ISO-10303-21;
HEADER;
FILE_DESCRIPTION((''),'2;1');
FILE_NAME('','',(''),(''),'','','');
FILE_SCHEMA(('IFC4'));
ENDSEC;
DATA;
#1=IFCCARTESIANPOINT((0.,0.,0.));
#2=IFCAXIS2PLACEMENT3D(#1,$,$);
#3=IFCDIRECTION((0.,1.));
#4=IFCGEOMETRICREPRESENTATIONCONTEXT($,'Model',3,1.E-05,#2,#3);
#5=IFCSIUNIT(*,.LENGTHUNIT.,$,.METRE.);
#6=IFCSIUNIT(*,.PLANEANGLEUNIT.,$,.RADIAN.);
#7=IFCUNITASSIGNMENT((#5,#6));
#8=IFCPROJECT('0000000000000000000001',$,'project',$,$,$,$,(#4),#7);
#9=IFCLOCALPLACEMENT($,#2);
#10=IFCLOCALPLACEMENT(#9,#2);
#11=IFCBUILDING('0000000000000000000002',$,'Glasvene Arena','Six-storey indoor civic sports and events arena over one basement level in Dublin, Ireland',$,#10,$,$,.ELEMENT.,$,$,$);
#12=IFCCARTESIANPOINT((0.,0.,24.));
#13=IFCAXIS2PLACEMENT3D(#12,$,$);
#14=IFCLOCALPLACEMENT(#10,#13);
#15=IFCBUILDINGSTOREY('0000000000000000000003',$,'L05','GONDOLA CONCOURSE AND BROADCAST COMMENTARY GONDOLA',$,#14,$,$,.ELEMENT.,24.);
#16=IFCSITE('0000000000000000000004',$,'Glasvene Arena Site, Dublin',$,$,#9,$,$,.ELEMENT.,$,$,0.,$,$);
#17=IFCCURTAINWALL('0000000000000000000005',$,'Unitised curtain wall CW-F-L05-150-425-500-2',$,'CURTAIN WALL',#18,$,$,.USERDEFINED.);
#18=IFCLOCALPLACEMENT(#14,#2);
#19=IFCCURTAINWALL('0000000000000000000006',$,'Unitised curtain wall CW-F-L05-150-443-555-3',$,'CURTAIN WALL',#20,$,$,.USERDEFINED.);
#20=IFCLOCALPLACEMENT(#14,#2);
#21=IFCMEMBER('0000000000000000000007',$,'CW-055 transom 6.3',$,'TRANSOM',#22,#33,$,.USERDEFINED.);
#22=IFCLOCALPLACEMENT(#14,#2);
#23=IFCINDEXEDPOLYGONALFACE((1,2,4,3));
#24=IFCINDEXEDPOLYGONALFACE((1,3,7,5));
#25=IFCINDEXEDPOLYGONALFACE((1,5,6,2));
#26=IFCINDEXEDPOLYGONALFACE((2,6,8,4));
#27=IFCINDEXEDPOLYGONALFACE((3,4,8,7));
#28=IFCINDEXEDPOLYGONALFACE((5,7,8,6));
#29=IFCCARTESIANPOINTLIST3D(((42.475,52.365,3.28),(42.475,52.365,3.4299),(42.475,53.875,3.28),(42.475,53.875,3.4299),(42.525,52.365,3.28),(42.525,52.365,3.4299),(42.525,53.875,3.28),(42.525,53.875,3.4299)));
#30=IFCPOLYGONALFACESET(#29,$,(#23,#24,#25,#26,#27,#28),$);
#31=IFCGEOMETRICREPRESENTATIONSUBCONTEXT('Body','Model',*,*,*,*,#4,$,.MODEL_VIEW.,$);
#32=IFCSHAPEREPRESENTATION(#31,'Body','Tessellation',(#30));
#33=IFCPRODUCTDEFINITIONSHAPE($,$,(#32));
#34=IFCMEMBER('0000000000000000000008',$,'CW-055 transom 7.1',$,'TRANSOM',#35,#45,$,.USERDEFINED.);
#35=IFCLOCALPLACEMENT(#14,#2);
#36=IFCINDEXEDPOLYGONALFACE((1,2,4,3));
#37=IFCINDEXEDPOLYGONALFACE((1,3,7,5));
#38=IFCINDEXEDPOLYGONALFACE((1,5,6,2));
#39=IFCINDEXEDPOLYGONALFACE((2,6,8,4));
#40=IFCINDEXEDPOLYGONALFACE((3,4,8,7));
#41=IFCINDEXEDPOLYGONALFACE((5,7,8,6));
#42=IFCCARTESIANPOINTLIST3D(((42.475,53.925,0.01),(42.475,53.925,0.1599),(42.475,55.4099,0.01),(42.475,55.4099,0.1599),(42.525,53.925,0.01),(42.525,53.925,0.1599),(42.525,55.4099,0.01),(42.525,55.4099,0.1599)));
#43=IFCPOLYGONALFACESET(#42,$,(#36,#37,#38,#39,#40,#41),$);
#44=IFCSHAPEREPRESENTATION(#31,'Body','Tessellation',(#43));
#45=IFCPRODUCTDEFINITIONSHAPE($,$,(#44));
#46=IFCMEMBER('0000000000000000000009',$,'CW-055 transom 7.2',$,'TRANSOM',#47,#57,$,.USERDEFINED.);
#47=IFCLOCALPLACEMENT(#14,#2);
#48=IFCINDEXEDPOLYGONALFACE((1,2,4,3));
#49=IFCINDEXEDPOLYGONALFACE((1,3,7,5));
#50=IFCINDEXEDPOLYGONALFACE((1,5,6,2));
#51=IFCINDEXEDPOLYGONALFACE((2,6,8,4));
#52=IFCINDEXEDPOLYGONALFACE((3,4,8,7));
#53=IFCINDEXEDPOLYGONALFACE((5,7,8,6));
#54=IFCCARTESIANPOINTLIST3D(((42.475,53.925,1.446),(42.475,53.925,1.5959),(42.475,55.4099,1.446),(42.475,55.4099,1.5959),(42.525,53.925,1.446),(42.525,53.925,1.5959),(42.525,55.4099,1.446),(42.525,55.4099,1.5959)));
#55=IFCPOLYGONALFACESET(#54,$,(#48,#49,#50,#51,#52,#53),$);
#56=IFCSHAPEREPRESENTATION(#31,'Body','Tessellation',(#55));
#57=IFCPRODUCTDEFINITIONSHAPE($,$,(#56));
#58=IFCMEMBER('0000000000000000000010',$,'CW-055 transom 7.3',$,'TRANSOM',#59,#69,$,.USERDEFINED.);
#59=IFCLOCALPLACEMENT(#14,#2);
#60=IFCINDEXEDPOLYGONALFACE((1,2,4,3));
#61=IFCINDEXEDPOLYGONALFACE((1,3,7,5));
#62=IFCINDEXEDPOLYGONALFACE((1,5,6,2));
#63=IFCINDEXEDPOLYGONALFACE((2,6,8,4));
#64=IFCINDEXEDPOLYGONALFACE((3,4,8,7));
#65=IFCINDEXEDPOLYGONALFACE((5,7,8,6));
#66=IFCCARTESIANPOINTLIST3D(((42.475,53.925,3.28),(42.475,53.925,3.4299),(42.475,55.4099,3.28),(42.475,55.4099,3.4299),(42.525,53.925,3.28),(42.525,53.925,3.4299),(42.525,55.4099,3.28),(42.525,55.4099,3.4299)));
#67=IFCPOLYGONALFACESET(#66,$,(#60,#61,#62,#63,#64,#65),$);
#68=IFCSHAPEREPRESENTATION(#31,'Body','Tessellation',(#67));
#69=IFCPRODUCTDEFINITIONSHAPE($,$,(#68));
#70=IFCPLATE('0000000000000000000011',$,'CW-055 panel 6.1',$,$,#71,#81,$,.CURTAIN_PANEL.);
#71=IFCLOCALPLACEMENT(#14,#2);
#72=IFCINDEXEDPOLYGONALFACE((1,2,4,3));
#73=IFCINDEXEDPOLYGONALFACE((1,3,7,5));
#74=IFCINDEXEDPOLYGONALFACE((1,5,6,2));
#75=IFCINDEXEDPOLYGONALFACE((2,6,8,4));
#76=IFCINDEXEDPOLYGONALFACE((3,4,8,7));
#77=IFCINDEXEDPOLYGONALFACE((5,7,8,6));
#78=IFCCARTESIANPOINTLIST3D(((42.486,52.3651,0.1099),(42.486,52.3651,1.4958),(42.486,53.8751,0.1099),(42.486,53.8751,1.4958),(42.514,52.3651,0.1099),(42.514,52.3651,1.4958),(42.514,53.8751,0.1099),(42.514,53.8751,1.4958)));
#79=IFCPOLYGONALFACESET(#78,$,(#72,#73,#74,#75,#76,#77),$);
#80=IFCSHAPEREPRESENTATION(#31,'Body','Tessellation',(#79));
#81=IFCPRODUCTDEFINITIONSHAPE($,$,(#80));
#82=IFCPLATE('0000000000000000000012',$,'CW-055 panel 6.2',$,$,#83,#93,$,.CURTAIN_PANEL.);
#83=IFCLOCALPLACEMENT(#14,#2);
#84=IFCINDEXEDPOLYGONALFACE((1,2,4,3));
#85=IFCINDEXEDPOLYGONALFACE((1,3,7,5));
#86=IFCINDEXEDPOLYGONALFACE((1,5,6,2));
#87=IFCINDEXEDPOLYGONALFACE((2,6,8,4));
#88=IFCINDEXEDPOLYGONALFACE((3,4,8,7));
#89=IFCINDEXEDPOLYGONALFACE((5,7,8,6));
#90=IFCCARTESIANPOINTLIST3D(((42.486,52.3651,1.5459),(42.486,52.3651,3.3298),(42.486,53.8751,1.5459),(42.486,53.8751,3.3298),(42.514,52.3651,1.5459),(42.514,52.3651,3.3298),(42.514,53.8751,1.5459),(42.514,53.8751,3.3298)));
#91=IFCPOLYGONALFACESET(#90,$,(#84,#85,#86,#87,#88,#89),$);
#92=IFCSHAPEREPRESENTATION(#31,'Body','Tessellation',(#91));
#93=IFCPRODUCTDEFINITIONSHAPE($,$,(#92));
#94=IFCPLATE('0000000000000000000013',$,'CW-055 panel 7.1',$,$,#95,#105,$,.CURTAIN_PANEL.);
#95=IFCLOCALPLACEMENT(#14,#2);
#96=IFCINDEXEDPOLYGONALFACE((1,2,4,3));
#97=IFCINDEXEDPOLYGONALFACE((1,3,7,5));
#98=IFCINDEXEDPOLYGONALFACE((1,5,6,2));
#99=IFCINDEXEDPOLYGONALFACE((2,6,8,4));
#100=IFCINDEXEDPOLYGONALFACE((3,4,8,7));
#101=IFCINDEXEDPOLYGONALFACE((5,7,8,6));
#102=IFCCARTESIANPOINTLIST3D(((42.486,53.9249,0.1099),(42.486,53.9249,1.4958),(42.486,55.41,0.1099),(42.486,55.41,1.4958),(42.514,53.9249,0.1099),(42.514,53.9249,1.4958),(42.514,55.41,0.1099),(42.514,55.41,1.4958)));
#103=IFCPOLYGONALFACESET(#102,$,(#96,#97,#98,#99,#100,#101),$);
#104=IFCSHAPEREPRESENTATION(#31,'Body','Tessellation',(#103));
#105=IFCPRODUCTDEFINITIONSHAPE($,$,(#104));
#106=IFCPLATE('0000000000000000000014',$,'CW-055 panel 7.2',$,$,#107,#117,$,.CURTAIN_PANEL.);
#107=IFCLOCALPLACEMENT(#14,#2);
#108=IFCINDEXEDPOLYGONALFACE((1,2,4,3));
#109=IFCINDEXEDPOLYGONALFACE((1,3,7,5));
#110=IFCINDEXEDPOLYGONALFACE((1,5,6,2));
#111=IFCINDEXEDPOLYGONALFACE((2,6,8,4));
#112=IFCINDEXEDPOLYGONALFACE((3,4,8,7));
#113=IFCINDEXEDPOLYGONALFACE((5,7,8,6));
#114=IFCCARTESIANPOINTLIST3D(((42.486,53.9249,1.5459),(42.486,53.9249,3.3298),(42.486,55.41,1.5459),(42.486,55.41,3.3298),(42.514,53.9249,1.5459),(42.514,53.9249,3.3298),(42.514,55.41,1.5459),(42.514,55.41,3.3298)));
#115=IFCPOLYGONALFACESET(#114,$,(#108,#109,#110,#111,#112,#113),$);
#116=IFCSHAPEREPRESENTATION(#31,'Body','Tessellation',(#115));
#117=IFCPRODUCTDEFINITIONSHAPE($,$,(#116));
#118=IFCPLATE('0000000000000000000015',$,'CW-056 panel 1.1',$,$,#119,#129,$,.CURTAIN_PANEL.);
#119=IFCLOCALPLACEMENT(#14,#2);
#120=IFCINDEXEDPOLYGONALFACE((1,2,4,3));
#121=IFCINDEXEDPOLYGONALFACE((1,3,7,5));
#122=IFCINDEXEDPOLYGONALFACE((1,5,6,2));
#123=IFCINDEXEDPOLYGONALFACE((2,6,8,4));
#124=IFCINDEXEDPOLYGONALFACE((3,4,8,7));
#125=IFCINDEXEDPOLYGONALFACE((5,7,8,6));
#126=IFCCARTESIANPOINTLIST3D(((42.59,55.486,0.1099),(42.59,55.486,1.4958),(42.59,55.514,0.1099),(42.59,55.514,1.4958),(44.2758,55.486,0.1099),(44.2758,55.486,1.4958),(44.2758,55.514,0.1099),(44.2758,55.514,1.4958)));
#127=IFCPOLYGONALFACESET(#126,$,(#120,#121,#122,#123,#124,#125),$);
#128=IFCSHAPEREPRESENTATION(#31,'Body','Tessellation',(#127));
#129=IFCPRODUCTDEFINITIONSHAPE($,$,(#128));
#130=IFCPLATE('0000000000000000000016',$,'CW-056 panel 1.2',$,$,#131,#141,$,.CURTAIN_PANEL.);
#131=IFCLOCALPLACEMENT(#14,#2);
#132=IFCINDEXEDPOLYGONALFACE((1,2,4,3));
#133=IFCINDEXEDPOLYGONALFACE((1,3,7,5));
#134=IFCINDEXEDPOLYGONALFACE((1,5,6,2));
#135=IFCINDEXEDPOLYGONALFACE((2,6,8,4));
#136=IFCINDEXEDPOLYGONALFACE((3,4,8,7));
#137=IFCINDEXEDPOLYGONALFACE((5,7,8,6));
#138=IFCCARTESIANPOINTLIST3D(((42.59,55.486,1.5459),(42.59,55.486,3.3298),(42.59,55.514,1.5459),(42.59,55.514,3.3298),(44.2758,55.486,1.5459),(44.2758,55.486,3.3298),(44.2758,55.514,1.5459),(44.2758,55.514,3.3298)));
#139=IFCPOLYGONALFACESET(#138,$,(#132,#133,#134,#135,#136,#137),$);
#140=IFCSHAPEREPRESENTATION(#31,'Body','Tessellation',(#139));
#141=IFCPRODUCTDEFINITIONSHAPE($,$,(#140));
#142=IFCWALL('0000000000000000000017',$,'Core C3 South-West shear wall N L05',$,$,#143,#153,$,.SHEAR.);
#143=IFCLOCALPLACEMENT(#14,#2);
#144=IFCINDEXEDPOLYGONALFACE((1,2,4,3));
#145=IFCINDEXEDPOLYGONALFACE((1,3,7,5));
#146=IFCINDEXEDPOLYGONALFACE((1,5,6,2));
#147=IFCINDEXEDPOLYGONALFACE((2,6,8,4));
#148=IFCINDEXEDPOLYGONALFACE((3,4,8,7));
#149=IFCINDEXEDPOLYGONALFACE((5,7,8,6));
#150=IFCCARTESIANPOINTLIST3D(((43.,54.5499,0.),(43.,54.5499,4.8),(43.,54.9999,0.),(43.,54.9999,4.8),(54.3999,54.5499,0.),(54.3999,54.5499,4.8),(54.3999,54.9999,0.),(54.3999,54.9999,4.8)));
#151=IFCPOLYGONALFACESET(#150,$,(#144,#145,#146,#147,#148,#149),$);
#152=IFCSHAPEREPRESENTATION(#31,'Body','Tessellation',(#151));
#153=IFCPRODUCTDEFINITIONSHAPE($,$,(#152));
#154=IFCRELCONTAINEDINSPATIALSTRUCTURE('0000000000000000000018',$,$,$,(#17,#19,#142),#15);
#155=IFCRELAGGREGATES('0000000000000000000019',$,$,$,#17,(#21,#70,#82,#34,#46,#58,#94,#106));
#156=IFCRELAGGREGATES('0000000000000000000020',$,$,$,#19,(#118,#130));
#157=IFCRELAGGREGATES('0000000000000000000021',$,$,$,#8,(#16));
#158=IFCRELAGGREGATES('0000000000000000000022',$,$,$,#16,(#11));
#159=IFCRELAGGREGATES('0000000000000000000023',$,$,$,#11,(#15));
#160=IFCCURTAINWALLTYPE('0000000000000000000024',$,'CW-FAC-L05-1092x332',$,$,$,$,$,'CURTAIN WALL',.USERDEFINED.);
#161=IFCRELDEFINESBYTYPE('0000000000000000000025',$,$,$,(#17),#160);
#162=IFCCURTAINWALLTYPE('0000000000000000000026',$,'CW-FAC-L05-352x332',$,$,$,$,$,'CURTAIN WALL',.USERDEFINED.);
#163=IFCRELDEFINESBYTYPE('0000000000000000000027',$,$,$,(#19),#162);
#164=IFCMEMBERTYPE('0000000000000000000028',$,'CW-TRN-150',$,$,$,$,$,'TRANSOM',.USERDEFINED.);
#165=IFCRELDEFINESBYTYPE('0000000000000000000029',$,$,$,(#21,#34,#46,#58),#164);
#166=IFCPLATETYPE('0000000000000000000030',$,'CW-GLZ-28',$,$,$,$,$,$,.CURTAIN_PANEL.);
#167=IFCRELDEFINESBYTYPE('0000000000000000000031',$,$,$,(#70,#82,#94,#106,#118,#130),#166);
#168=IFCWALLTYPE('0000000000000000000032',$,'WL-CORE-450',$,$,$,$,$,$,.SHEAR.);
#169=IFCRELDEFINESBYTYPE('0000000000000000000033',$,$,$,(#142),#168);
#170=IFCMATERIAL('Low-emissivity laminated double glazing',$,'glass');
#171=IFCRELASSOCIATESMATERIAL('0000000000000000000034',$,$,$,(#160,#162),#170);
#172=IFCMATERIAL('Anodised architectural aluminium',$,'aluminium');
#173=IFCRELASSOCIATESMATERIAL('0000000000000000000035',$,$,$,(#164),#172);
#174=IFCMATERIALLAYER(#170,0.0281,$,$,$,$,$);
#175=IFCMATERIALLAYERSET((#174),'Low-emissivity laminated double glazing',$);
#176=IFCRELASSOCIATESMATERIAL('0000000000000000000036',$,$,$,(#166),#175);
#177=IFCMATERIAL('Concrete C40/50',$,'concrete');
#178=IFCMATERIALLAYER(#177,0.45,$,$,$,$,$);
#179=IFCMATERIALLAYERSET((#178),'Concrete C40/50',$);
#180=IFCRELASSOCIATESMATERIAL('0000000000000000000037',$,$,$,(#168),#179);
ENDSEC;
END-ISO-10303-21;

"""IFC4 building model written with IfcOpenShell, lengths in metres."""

from ifc_helpers import new_model, si_unit, direction, frame, frame_2d, origin, origin_2d, place, context, subcontext, project, spatial, rectangle, extrude, material, layer, layer_set, material_profile, profile_set, type_object, element, aggregate, save


model = new_model("IFC4")

# Units and contexts
model_context = context("Model", 3, precision=1e-05, world=origin(), true_north=direction((0.0, 1.0)))
body_context = subcontext(model_context, "Body", "Model", "MODEL_VIEW")
ifc_project = project(units=[si_unit("LENGTHUNIT", "METRE"), si_unit("PLANEANGLEUNIT", "RADIAN")], contexts=[model_context])

# Site, building, storey
site_placement = place(None, origin())
site = spatial("IfcSite", under=ifc_project, at=site_placement, Name="Glasvene Arena Site, Dublin", CompositionType="ELEMENT", RefElevation=0.0)
building_placement = place(site_placement, origin())
building = spatial("IfcBuilding", under=site, at=building_placement, Name="Glasvene Arena", Description="Six-storey indoor civic sports and events arena over one basement level in Dublin, Ireland", CompositionType="ELEMENT")
storey_placement = place(building_placement, frame((0.0, 0.0, 24.0)))
storey = spatial("IfcBuildingStorey", under=building, at=storey_placement, Name="L05", Description="GONDOLA CONCOURSE AND BROADCAST COMMENTARY GONDOLA", CompositionType="ELEMENT", Elevation=24.0)

# Curtain walls
ifc_material_1 = material(Name="Low-emissivity laminated double glazing", Category="glass")
curtain_wall_type_1 = type_object("IfcCurtainWallType", Name="CW-FAC-L05-1092x332", ElementType="CURTAIN WALL", PredefinedType="USERDEFINED", material=ifc_material_1)
curtain_wall_1_placement = place(storey_placement, frame((42.5, 44.54, 0.0)))
curtain_wall_1 = element("IfcCurtainWall", 1, at=curtain_wall_1_placement, inside=storey, type_object=curtain_wall_type_1, Name="Unitised curtain wall CW-F-L05-150-425-500-2", ObjectType="CURTAIN WALL", PredefinedType="USERDEFINED")
ifc_material_2 = material(Name="Anodised architectural aluminium", Category="aluminium")
curtain_wall_type_2 = type_object("IfcCurtainWallType", Name="CW-FAC-L05-352x332", ElementType="CURTAIN WALL", PredefinedType="USERDEFINED", material=ifc_material_1)
curtain_wall_2_placement = place(storey_placement, frame((42.54, 55.5, 0.0)))
curtain_wall_2 = element("IfcCurtainWall", 2, at=curtain_wall_2_placement, inside=storey, type_object=curtain_wall_type_2, Name="Unitised curtain wall CW-F-L05-150-443-555-3", ObjectType="CURTAIN WALL", PredefinedType="USERDEFINED")

# Members
ifc_material_profile_1 = material_profile(ifc_material_2, rectangle(XDim=0.05, YDim=0.1499, at=origin_2d()), Name="ALU TRANSOM 50x150")
ifc_profile_set_1 = profile_set([ifc_material_profile_1], Name="Anodised architectural aluminium")
member_type_1 = type_object("IfcMemberType", Name="CW-TRN-150", ElementType="TRANSOM", PredefinedType="USERDEFINED", material=ifc_profile_set_1)
member_1_placement = place(storey_placement, frame((42.5, 52.365, 3.355), z_axis=(0.0, 1.0, 0.0), x_axis=(-1.0, 0.0, 0.0)))
member_1 = element("IfcMember", 3, at=member_1_placement, type_object=member_type_1, Name="CW-055 transom 6.3", ObjectType="TRANSOM", PredefinedType="USERDEFINED", context=body_context, shape_type="SweptSolid", body=[
    extrude(rectangle(XDim=0.05, YDim=0.1499, at=origin_2d()), origin(), (0.0, 0.0, 1.0), 1.51),
])
member_2_placement = place(storey_placement, frame((42.5, 53.925, 0.085), z_axis=(0.0, 1.0, 0.0), x_axis=(-1.0, 0.0, 0.0)))
member_2 = element("IfcMember", 4, at=member_2_placement, type_object=member_type_1, Name="CW-055 transom 7.1", ObjectType="TRANSOM", PredefinedType="USERDEFINED", context=body_context, shape_type="SweptSolid", body=[
    extrude(rectangle(XDim=0.05, YDim=0.1499, at=origin_2d()), origin(), (0.0, 0.0, 1.0), 1.4849),
])
member_3_placement = place(storey_placement, frame((42.5, 53.925, 1.521), z_axis=(0.0, 1.0, 0.0), x_axis=(-1.0, 0.0, 0.0)))
member_3 = element("IfcMember", 5, at=member_3_placement, type_object=member_type_1, Name="CW-055 transom 7.2", ObjectType="TRANSOM", PredefinedType="USERDEFINED", context=body_context, shape_type="SweptSolid", body=[
    extrude(rectangle(XDim=0.05, YDim=0.1499, at=origin_2d()), origin(), (0.0, 0.0, 1.0), 1.4849),
])
member_4_placement = place(storey_placement, frame((42.5, 53.925, 3.355), z_axis=(0.0, 1.0, 0.0), x_axis=(-1.0, 0.0, 0.0)))
member_4 = element("IfcMember", 6, at=member_4_placement, type_object=member_type_1, Name="CW-055 transom 7.3", ObjectType="TRANSOM", PredefinedType="USERDEFINED", context=body_context, shape_type="SweptSolid", body=[
    extrude(rectangle(XDim=0.05, YDim=0.1499, at=origin_2d()), origin(), (0.0, 0.0, 1.0), 1.4849),
])

# Plates
ifc_layer_1 = layer(ifc_material_1, 0.0281)
ifc_layer_set_1 = layer_set([ifc_layer_1], Name="Low-emissivity laminated double glazing")
plate_type = type_object("IfcPlateType", Name="CW-GLZ-28", PredefinedType="CURTAIN_PANEL", material=ifc_layer_set_1)
plate_1_placement = place(storey_placement, frame((42.5, 53.1201, 0.1099), z_axis=(0.0, 0.0, 1.0), x_axis=(0.0, 1.0, 0.0)))
plate_1 = element("IfcPlate", 7, at=plate_1_placement, type_object=plate_type, Name="CW-055 panel 6.1", PredefinedType="CURTAIN_PANEL", context=body_context, shape_type="SweptSolid", body=[
    extrude(rectangle(XDim=1.51, YDim=0.0281, at=origin_2d()), origin(), (0.0, 0.0, 1.0), 1.386),
])
plate_2_placement = place(storey_placement, frame((42.5, 53.1201, 1.5459), z_axis=(0.0, 0.0, 1.0), x_axis=(0.0, 1.0, 0.0)))
plate_2 = element("IfcPlate", 8, at=plate_2_placement, type_object=plate_type, Name="CW-055 panel 6.2", PredefinedType="CURTAIN_PANEL", context=body_context, shape_type="SweptSolid", body=[
    extrude(rectangle(XDim=1.51, YDim=0.0281, at=origin_2d()), origin(), (0.0, 0.0, 1.0), 1.7839),
])
plate_3_placement = place(storey_placement, frame((42.5, 54.6675, 0.1099), z_axis=(0.0, 0.0, 1.0), x_axis=(0.0, 1.0, 0.0)))
plate_3 = element("IfcPlate", 9, at=plate_3_placement, type_object=plate_type, Name="CW-055 panel 7.1", PredefinedType="CURTAIN_PANEL", context=body_context, shape_type="SweptSolid", body=[
    extrude(rectangle(XDim=1.4851, YDim=0.0281, at=origin_2d()), origin(), (0.0, 0.0, 1.0), 1.386),
])
plate_4_placement = place(storey_placement, frame((42.5, 54.6675, 1.5459), z_axis=(0.0, 0.0, 1.0), x_axis=(0.0, 1.0, 0.0)))
plate_4 = element("IfcPlate", 10, at=plate_4_placement, type_object=plate_type, Name="CW-055 panel 7.2", PredefinedType="CURTAIN_PANEL", context=body_context, shape_type="SweptSolid", body=[
    extrude(rectangle(XDim=1.4851, YDim=0.0281, at=origin_2d()), origin(), (0.0, 0.0, 1.0), 1.7839),
])
aggregate(curtain_wall_1, [member_1, plate_1, plate_2, member_2, member_3, member_4, plate_3, plate_4])
plate_5_placement = place(storey_placement, frame((43.4329, 55.5, 0.1099), z_axis=(0.0, 0.0, 1.0), x_axis=(1.0, 0.0, 0.0)))
plate_5 = element("IfcPlate", 11, at=plate_5_placement, type_object=plate_type, Name="CW-056 panel 1.1", PredefinedType="CURTAIN_PANEL", context=body_context, shape_type="SweptSolid", body=[
    extrude(rectangle(XDim=1.6858, YDim=0.0281, at=origin_2d()), origin(), (0.0, 0.0, 1.0), 1.386),
])
plate_6_placement = place(storey_placement, frame((43.4329, 55.5, 1.5459), z_axis=(0.0, 0.0, 1.0), x_axis=(1.0, 0.0, 0.0)))
plate_6 = element("IfcPlate", 12, at=plate_6_placement, type_object=plate_type, Name="CW-056 panel 1.2", PredefinedType="CURTAIN_PANEL", context=body_context, shape_type="SweptSolid", body=[
    extrude(rectangle(XDim=1.6858, YDim=0.0281, at=origin_2d()), origin(), (0.0, 0.0, 1.0), 1.7839),
])
aggregate(curtain_wall_2, [plate_5, plate_6])

# Wall
ifc_material_3 = material(Name="Concrete C40/50", Category="concrete")
ifc_layer_2 = layer(ifc_material_3, 0.45)
ifc_layer_set_2 = layer_set([ifc_layer_2], Name="Concrete C40/50")
wall_type = type_object("IfcWallType", Name="WL-CORE-450", PredefinedType="SHEAR", material=ifc_layer_set_2)
wall_placement = place(storey_placement, frame((43.0, 54.7749, 0.0), z_axis=(0.0, 0.0, 1.0), x_axis=(1.0, 0.0, 0.0)))
element("IfcWall", 13, at=wall_placement, inside=storey, type_object=wall_type, Name="Core C3 South-West shear wall N L05", PredefinedType="SHEAR", context=body_context, shape_type="SweptSolid", body=[
    extrude(rectangle(XDim=11.3999, YDim=0.45, at=frame_2d((5.7, 0.0))), origin(), (0.0, 0.0, 1.0), 4.8),
])

save(model, "model.ifc")
